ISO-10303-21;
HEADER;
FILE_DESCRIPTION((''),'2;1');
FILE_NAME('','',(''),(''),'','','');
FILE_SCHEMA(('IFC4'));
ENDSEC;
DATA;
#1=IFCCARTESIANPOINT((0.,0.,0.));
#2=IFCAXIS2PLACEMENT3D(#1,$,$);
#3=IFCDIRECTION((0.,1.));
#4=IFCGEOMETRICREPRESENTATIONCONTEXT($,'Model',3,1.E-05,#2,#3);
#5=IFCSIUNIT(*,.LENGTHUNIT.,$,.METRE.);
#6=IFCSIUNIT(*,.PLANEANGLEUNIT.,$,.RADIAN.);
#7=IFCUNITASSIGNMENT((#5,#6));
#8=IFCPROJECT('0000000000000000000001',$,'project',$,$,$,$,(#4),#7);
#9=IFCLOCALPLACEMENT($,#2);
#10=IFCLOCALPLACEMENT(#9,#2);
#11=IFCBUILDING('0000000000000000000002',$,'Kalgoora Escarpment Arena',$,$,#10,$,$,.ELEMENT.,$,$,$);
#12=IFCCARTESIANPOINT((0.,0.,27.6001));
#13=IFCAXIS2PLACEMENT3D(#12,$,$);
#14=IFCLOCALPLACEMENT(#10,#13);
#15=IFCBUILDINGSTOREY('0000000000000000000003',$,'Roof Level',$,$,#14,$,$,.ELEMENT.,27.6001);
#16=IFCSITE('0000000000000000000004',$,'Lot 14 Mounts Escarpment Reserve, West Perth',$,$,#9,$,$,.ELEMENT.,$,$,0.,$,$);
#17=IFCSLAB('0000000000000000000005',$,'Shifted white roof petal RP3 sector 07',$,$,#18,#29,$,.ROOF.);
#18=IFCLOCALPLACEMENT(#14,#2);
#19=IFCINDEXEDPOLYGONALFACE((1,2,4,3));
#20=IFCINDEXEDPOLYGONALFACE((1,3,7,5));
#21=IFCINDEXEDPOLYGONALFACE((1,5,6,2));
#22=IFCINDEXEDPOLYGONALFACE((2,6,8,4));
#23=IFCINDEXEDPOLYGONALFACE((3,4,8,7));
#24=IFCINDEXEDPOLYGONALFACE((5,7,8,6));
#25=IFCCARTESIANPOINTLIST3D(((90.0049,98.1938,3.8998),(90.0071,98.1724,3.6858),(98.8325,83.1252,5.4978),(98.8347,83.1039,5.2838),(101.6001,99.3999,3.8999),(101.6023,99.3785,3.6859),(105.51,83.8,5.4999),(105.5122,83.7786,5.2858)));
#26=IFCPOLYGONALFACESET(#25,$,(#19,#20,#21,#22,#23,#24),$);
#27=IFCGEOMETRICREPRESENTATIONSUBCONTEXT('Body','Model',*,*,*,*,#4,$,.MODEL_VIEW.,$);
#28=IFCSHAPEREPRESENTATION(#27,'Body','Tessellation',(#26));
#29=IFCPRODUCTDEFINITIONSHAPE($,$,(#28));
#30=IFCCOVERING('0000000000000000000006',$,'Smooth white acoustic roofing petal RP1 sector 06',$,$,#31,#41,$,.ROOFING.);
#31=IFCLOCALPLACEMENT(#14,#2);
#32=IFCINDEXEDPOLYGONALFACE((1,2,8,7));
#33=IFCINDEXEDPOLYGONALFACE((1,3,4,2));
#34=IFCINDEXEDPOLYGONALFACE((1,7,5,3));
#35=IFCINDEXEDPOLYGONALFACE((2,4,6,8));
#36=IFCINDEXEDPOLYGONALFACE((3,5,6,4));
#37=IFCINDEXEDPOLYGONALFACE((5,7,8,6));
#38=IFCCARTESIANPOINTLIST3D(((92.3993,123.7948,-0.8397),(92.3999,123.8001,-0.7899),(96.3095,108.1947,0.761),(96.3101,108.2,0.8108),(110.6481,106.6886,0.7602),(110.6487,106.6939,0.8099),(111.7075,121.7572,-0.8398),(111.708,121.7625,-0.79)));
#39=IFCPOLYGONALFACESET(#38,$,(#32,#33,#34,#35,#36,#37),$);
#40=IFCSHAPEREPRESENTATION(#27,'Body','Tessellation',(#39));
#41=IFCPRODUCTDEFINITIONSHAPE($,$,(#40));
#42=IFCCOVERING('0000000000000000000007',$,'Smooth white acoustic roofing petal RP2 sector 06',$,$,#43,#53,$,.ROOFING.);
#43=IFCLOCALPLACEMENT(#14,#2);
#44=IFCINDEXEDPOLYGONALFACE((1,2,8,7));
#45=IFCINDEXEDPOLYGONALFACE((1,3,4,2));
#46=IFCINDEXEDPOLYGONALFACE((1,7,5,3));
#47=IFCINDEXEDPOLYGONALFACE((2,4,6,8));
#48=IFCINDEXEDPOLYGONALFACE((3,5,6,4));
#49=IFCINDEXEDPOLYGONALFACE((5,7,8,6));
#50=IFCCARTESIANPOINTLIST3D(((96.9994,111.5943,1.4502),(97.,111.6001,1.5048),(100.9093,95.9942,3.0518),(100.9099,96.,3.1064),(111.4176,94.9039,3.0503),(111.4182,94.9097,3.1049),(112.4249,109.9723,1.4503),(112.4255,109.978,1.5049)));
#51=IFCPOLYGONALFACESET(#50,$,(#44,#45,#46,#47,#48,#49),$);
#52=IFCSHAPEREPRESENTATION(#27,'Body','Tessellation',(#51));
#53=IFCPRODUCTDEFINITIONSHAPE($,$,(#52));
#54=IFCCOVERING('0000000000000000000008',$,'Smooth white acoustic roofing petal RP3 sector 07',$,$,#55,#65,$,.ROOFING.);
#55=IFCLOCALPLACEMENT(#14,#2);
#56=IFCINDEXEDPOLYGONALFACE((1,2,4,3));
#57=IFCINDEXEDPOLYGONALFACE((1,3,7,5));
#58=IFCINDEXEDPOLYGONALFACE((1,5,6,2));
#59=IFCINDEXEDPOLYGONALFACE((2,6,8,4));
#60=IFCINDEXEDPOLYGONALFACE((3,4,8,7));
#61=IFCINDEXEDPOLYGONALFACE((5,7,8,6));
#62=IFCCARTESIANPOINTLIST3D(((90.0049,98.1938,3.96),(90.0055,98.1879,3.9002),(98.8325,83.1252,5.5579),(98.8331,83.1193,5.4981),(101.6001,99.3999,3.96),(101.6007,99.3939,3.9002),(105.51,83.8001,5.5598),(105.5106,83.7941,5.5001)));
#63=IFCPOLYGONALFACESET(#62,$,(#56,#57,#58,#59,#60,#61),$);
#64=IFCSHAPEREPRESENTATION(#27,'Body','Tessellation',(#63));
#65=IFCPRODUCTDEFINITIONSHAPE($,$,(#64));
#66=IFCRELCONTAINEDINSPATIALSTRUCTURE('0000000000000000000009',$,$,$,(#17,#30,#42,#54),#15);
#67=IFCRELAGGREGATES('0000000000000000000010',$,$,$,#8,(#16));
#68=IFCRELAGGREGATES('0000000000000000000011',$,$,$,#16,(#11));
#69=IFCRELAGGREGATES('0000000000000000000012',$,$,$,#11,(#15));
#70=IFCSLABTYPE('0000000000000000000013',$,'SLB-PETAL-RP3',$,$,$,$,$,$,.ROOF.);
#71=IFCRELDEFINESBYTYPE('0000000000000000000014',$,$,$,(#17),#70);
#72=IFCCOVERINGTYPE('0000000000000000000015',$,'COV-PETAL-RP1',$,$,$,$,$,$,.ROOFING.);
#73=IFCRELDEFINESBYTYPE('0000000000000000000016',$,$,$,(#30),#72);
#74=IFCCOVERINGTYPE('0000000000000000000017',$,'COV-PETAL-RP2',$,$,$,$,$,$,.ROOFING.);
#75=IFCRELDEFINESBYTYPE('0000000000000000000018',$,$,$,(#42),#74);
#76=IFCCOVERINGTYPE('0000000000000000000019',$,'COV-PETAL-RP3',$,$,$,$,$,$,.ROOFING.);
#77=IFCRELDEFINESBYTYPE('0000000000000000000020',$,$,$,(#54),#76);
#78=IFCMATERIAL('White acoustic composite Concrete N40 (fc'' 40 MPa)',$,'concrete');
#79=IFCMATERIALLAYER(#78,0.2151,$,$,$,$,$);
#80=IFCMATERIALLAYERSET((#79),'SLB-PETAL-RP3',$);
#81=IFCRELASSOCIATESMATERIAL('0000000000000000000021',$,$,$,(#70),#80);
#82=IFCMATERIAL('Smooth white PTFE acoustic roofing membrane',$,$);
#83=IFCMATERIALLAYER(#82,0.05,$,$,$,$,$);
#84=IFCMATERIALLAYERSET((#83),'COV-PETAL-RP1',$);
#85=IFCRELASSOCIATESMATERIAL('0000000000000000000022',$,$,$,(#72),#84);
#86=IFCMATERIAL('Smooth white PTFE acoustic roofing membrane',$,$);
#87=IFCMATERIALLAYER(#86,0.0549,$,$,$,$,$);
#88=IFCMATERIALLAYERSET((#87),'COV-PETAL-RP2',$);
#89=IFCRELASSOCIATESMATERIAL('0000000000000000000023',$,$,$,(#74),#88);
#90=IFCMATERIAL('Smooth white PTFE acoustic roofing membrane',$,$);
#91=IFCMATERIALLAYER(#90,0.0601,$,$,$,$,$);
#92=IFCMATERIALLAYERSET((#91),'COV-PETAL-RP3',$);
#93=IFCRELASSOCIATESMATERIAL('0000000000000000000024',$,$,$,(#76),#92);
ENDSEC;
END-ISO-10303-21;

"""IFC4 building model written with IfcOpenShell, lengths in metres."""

from ifc_helpers import new_model, si_unit, direction, frame, origin, place, context, subcontext, project, spatial, polyline, outline, extrude, material, layer, layer_set, type_object, element, save


model = new_model("IFC4")

# Units and contexts
model_context = context("Model", 3, precision=1e-05, world=origin(), true_north=direction((0.0, 1.0)))
body_context = subcontext(model_context, "Body", "Model", "MODEL_VIEW")
ifc_project = project(units=[si_unit("LENGTHUNIT", "METRE"), si_unit("PLANEANGLEUNIT", "RADIAN")], contexts=[model_context])

# Site, building, storey
site_placement = place(None, origin())
site = spatial("IfcSite", under=ifc_project, at=site_placement, Name="Lot 14 Mounts Escarpment Reserve, West Perth", CompositionType="ELEMENT", RefElevation=0.0)
building_placement = place(site_placement, origin())
building = spatial("IfcBuilding", under=site, at=building_placement, Name="Kalgoora Escarpment Arena", CompositionType="ELEMENT")
storey_placement = place(building_placement, frame((0.0, 0.0, 27.6001)))
storey = spatial("IfcBuildingStorey", under=building, at=storey_placement, Name="Roof Level", CompositionType="ELEMENT", Elevation=27.6001)

# Slab
ifc_material_1 = material(Name="White acoustic composite Concrete N40 (fc' 40 MPa)", Category="concrete")
ifc_layer_1 = layer(ifc_material_1, 0.2151)
ifc_layer_set_1 = layer_set([ifc_layer_1], Name="SLB-PETAL-RP3")
slab_type_1 = type_object("IfcSlabType", Name="SLB-PETAL-RP3", PredefinedType="ROOF", material=ifc_layer_set_1)
slab_1_placement = place(storey_placement, frame((101.6001, 99.3999, 3.8999), z_axis=(-0.010357, 0.099452, 0.994988), x_axis=(-0.994634, -0.103456, -0.000012)))
element("IfcSlab", 1, at=slab_1_placement, inside=storey, type_object=slab_type_1, Name="Shifted white roof petal RP3 sector 07", PredefinedType="ROOF", context=body_context, shape_type="SweptSolid", body=[
    extrude(outline(polyline([(0.0, 0.0), (11.6578, 0.0), (4.4364, 15.9811), (-2.275, 16.0009), (0.0, 0.0)])), origin(), (0.0, 0.0, -1.0), 0.2151),
])

# Coverings
ifc_material_2 = material(Name="Smooth white PTFE acoustic roofing membrane")
ifc_layer_2 = layer(ifc_material_2, 0.05)
ifc_layer_set_2 = layer_set([ifc_layer_2], Name="COV-PETAL-RP1")
covering_type_1 = type_object("IfcCoveringType", Name="COV-PETAL-RP1", PredefinedType="ROOFING", material=ifc_layer_set_2)
covering_1_placement = place(storey_placement, frame((111.708, 121.7625, -0.79), z_axis=(0.011068, 0.104811, 0.994431), x_axis=(-0.994478, 0.104949, 0.000007)))
element("IfcCovering", 2, at=covering_1_placement, inside=storey, type_object=covering_type_1, Name="Smooth white acoustic roofing petal RP1 sector 06", PredefinedType="ROOFING", context=body_context, shape_type="SweptSolid", body=[
    extrude(outline(polyline([(0.0, 0.0), (19.4153, 0.0), (13.8896, 15.1882), (-0.5279, 15.1811), (0.0, 0.0)])), origin(), (0.0, 0.0, -1.0), 0.05),
])
ifc_material_3 = material(Name="Smooth white PTFE acoustic roofing membrane")
ifc_layer_3 = layer(ifc_material_3, 0.0549)
ifc_layer_set_3 = layer_set([ifc_layer_3], Name="COV-PETAL-RP2")
covering_type_2 = type_object("IfcCoveringType", Name="COV-PETAL-RP2", PredefinedType="ROOFING", material=ifc_layer_set_3)
covering_2_placement = place(storey_placement, frame((112.4255, 109.978, 1.5049), z_axis=(0.011023, 0.104857, 0.994426), x_axis=(-0.994517, 0.104578, -0.000003)))
element("IfcCovering", 3, at=covering_2_placement, inside=storey, type_object=covering_type_2, Name="Smooth white acoustic roofing petal RP2 sector 06", PredefinedType="ROOFING", context=body_context, shape_type="SweptSolid", body=[
    extrude(outline(polyline([(0.0, 0.0), (15.5106, 0.0), (9.9907, 15.1903), (-0.574, 15.1757), (0.0, 0.0)])), origin(), (0.0, 0.0, -1.0), 0.0549),
])
ifc_material_4 = material(Name="Smooth white PTFE acoustic roofing membrane")
ifc_layer_4 = layer(ifc_material_4, 0.0601)
ifc_layer_set_4 = layer_set([ifc_layer_4], Name="COV-PETAL-RP3")
covering_type_3 = type_object("IfcCoveringType", Name="COV-PETAL-RP3", PredefinedType="ROOFING", material=ifc_layer_set_4)
covering_3_placement = place(storey_placement, frame((101.6001, 99.3999, 3.96), z_axis=(-0.010343, 0.09945, 0.994989), x_axis=(-0.994634, -0.103455, 0.000001)))
element("IfcCovering", 4, at=covering_3_placement, inside=storey, type_object=covering_type_3, Name="Smooth white acoustic roofing petal RP3 sector 07", PredefinedType="ROOFING", context=body_context, shape_type="SweptSolid", body=[
    extrude(outline(polyline([(0.0, 0.0), (11.6578, 0.0), (4.4364, 15.9811), (-2.275, 16.0008), (0.0, 0.0)])), origin(), (0.0, 0.0, -1.0), 0.0601),
])

save(model, "model.ifc")
